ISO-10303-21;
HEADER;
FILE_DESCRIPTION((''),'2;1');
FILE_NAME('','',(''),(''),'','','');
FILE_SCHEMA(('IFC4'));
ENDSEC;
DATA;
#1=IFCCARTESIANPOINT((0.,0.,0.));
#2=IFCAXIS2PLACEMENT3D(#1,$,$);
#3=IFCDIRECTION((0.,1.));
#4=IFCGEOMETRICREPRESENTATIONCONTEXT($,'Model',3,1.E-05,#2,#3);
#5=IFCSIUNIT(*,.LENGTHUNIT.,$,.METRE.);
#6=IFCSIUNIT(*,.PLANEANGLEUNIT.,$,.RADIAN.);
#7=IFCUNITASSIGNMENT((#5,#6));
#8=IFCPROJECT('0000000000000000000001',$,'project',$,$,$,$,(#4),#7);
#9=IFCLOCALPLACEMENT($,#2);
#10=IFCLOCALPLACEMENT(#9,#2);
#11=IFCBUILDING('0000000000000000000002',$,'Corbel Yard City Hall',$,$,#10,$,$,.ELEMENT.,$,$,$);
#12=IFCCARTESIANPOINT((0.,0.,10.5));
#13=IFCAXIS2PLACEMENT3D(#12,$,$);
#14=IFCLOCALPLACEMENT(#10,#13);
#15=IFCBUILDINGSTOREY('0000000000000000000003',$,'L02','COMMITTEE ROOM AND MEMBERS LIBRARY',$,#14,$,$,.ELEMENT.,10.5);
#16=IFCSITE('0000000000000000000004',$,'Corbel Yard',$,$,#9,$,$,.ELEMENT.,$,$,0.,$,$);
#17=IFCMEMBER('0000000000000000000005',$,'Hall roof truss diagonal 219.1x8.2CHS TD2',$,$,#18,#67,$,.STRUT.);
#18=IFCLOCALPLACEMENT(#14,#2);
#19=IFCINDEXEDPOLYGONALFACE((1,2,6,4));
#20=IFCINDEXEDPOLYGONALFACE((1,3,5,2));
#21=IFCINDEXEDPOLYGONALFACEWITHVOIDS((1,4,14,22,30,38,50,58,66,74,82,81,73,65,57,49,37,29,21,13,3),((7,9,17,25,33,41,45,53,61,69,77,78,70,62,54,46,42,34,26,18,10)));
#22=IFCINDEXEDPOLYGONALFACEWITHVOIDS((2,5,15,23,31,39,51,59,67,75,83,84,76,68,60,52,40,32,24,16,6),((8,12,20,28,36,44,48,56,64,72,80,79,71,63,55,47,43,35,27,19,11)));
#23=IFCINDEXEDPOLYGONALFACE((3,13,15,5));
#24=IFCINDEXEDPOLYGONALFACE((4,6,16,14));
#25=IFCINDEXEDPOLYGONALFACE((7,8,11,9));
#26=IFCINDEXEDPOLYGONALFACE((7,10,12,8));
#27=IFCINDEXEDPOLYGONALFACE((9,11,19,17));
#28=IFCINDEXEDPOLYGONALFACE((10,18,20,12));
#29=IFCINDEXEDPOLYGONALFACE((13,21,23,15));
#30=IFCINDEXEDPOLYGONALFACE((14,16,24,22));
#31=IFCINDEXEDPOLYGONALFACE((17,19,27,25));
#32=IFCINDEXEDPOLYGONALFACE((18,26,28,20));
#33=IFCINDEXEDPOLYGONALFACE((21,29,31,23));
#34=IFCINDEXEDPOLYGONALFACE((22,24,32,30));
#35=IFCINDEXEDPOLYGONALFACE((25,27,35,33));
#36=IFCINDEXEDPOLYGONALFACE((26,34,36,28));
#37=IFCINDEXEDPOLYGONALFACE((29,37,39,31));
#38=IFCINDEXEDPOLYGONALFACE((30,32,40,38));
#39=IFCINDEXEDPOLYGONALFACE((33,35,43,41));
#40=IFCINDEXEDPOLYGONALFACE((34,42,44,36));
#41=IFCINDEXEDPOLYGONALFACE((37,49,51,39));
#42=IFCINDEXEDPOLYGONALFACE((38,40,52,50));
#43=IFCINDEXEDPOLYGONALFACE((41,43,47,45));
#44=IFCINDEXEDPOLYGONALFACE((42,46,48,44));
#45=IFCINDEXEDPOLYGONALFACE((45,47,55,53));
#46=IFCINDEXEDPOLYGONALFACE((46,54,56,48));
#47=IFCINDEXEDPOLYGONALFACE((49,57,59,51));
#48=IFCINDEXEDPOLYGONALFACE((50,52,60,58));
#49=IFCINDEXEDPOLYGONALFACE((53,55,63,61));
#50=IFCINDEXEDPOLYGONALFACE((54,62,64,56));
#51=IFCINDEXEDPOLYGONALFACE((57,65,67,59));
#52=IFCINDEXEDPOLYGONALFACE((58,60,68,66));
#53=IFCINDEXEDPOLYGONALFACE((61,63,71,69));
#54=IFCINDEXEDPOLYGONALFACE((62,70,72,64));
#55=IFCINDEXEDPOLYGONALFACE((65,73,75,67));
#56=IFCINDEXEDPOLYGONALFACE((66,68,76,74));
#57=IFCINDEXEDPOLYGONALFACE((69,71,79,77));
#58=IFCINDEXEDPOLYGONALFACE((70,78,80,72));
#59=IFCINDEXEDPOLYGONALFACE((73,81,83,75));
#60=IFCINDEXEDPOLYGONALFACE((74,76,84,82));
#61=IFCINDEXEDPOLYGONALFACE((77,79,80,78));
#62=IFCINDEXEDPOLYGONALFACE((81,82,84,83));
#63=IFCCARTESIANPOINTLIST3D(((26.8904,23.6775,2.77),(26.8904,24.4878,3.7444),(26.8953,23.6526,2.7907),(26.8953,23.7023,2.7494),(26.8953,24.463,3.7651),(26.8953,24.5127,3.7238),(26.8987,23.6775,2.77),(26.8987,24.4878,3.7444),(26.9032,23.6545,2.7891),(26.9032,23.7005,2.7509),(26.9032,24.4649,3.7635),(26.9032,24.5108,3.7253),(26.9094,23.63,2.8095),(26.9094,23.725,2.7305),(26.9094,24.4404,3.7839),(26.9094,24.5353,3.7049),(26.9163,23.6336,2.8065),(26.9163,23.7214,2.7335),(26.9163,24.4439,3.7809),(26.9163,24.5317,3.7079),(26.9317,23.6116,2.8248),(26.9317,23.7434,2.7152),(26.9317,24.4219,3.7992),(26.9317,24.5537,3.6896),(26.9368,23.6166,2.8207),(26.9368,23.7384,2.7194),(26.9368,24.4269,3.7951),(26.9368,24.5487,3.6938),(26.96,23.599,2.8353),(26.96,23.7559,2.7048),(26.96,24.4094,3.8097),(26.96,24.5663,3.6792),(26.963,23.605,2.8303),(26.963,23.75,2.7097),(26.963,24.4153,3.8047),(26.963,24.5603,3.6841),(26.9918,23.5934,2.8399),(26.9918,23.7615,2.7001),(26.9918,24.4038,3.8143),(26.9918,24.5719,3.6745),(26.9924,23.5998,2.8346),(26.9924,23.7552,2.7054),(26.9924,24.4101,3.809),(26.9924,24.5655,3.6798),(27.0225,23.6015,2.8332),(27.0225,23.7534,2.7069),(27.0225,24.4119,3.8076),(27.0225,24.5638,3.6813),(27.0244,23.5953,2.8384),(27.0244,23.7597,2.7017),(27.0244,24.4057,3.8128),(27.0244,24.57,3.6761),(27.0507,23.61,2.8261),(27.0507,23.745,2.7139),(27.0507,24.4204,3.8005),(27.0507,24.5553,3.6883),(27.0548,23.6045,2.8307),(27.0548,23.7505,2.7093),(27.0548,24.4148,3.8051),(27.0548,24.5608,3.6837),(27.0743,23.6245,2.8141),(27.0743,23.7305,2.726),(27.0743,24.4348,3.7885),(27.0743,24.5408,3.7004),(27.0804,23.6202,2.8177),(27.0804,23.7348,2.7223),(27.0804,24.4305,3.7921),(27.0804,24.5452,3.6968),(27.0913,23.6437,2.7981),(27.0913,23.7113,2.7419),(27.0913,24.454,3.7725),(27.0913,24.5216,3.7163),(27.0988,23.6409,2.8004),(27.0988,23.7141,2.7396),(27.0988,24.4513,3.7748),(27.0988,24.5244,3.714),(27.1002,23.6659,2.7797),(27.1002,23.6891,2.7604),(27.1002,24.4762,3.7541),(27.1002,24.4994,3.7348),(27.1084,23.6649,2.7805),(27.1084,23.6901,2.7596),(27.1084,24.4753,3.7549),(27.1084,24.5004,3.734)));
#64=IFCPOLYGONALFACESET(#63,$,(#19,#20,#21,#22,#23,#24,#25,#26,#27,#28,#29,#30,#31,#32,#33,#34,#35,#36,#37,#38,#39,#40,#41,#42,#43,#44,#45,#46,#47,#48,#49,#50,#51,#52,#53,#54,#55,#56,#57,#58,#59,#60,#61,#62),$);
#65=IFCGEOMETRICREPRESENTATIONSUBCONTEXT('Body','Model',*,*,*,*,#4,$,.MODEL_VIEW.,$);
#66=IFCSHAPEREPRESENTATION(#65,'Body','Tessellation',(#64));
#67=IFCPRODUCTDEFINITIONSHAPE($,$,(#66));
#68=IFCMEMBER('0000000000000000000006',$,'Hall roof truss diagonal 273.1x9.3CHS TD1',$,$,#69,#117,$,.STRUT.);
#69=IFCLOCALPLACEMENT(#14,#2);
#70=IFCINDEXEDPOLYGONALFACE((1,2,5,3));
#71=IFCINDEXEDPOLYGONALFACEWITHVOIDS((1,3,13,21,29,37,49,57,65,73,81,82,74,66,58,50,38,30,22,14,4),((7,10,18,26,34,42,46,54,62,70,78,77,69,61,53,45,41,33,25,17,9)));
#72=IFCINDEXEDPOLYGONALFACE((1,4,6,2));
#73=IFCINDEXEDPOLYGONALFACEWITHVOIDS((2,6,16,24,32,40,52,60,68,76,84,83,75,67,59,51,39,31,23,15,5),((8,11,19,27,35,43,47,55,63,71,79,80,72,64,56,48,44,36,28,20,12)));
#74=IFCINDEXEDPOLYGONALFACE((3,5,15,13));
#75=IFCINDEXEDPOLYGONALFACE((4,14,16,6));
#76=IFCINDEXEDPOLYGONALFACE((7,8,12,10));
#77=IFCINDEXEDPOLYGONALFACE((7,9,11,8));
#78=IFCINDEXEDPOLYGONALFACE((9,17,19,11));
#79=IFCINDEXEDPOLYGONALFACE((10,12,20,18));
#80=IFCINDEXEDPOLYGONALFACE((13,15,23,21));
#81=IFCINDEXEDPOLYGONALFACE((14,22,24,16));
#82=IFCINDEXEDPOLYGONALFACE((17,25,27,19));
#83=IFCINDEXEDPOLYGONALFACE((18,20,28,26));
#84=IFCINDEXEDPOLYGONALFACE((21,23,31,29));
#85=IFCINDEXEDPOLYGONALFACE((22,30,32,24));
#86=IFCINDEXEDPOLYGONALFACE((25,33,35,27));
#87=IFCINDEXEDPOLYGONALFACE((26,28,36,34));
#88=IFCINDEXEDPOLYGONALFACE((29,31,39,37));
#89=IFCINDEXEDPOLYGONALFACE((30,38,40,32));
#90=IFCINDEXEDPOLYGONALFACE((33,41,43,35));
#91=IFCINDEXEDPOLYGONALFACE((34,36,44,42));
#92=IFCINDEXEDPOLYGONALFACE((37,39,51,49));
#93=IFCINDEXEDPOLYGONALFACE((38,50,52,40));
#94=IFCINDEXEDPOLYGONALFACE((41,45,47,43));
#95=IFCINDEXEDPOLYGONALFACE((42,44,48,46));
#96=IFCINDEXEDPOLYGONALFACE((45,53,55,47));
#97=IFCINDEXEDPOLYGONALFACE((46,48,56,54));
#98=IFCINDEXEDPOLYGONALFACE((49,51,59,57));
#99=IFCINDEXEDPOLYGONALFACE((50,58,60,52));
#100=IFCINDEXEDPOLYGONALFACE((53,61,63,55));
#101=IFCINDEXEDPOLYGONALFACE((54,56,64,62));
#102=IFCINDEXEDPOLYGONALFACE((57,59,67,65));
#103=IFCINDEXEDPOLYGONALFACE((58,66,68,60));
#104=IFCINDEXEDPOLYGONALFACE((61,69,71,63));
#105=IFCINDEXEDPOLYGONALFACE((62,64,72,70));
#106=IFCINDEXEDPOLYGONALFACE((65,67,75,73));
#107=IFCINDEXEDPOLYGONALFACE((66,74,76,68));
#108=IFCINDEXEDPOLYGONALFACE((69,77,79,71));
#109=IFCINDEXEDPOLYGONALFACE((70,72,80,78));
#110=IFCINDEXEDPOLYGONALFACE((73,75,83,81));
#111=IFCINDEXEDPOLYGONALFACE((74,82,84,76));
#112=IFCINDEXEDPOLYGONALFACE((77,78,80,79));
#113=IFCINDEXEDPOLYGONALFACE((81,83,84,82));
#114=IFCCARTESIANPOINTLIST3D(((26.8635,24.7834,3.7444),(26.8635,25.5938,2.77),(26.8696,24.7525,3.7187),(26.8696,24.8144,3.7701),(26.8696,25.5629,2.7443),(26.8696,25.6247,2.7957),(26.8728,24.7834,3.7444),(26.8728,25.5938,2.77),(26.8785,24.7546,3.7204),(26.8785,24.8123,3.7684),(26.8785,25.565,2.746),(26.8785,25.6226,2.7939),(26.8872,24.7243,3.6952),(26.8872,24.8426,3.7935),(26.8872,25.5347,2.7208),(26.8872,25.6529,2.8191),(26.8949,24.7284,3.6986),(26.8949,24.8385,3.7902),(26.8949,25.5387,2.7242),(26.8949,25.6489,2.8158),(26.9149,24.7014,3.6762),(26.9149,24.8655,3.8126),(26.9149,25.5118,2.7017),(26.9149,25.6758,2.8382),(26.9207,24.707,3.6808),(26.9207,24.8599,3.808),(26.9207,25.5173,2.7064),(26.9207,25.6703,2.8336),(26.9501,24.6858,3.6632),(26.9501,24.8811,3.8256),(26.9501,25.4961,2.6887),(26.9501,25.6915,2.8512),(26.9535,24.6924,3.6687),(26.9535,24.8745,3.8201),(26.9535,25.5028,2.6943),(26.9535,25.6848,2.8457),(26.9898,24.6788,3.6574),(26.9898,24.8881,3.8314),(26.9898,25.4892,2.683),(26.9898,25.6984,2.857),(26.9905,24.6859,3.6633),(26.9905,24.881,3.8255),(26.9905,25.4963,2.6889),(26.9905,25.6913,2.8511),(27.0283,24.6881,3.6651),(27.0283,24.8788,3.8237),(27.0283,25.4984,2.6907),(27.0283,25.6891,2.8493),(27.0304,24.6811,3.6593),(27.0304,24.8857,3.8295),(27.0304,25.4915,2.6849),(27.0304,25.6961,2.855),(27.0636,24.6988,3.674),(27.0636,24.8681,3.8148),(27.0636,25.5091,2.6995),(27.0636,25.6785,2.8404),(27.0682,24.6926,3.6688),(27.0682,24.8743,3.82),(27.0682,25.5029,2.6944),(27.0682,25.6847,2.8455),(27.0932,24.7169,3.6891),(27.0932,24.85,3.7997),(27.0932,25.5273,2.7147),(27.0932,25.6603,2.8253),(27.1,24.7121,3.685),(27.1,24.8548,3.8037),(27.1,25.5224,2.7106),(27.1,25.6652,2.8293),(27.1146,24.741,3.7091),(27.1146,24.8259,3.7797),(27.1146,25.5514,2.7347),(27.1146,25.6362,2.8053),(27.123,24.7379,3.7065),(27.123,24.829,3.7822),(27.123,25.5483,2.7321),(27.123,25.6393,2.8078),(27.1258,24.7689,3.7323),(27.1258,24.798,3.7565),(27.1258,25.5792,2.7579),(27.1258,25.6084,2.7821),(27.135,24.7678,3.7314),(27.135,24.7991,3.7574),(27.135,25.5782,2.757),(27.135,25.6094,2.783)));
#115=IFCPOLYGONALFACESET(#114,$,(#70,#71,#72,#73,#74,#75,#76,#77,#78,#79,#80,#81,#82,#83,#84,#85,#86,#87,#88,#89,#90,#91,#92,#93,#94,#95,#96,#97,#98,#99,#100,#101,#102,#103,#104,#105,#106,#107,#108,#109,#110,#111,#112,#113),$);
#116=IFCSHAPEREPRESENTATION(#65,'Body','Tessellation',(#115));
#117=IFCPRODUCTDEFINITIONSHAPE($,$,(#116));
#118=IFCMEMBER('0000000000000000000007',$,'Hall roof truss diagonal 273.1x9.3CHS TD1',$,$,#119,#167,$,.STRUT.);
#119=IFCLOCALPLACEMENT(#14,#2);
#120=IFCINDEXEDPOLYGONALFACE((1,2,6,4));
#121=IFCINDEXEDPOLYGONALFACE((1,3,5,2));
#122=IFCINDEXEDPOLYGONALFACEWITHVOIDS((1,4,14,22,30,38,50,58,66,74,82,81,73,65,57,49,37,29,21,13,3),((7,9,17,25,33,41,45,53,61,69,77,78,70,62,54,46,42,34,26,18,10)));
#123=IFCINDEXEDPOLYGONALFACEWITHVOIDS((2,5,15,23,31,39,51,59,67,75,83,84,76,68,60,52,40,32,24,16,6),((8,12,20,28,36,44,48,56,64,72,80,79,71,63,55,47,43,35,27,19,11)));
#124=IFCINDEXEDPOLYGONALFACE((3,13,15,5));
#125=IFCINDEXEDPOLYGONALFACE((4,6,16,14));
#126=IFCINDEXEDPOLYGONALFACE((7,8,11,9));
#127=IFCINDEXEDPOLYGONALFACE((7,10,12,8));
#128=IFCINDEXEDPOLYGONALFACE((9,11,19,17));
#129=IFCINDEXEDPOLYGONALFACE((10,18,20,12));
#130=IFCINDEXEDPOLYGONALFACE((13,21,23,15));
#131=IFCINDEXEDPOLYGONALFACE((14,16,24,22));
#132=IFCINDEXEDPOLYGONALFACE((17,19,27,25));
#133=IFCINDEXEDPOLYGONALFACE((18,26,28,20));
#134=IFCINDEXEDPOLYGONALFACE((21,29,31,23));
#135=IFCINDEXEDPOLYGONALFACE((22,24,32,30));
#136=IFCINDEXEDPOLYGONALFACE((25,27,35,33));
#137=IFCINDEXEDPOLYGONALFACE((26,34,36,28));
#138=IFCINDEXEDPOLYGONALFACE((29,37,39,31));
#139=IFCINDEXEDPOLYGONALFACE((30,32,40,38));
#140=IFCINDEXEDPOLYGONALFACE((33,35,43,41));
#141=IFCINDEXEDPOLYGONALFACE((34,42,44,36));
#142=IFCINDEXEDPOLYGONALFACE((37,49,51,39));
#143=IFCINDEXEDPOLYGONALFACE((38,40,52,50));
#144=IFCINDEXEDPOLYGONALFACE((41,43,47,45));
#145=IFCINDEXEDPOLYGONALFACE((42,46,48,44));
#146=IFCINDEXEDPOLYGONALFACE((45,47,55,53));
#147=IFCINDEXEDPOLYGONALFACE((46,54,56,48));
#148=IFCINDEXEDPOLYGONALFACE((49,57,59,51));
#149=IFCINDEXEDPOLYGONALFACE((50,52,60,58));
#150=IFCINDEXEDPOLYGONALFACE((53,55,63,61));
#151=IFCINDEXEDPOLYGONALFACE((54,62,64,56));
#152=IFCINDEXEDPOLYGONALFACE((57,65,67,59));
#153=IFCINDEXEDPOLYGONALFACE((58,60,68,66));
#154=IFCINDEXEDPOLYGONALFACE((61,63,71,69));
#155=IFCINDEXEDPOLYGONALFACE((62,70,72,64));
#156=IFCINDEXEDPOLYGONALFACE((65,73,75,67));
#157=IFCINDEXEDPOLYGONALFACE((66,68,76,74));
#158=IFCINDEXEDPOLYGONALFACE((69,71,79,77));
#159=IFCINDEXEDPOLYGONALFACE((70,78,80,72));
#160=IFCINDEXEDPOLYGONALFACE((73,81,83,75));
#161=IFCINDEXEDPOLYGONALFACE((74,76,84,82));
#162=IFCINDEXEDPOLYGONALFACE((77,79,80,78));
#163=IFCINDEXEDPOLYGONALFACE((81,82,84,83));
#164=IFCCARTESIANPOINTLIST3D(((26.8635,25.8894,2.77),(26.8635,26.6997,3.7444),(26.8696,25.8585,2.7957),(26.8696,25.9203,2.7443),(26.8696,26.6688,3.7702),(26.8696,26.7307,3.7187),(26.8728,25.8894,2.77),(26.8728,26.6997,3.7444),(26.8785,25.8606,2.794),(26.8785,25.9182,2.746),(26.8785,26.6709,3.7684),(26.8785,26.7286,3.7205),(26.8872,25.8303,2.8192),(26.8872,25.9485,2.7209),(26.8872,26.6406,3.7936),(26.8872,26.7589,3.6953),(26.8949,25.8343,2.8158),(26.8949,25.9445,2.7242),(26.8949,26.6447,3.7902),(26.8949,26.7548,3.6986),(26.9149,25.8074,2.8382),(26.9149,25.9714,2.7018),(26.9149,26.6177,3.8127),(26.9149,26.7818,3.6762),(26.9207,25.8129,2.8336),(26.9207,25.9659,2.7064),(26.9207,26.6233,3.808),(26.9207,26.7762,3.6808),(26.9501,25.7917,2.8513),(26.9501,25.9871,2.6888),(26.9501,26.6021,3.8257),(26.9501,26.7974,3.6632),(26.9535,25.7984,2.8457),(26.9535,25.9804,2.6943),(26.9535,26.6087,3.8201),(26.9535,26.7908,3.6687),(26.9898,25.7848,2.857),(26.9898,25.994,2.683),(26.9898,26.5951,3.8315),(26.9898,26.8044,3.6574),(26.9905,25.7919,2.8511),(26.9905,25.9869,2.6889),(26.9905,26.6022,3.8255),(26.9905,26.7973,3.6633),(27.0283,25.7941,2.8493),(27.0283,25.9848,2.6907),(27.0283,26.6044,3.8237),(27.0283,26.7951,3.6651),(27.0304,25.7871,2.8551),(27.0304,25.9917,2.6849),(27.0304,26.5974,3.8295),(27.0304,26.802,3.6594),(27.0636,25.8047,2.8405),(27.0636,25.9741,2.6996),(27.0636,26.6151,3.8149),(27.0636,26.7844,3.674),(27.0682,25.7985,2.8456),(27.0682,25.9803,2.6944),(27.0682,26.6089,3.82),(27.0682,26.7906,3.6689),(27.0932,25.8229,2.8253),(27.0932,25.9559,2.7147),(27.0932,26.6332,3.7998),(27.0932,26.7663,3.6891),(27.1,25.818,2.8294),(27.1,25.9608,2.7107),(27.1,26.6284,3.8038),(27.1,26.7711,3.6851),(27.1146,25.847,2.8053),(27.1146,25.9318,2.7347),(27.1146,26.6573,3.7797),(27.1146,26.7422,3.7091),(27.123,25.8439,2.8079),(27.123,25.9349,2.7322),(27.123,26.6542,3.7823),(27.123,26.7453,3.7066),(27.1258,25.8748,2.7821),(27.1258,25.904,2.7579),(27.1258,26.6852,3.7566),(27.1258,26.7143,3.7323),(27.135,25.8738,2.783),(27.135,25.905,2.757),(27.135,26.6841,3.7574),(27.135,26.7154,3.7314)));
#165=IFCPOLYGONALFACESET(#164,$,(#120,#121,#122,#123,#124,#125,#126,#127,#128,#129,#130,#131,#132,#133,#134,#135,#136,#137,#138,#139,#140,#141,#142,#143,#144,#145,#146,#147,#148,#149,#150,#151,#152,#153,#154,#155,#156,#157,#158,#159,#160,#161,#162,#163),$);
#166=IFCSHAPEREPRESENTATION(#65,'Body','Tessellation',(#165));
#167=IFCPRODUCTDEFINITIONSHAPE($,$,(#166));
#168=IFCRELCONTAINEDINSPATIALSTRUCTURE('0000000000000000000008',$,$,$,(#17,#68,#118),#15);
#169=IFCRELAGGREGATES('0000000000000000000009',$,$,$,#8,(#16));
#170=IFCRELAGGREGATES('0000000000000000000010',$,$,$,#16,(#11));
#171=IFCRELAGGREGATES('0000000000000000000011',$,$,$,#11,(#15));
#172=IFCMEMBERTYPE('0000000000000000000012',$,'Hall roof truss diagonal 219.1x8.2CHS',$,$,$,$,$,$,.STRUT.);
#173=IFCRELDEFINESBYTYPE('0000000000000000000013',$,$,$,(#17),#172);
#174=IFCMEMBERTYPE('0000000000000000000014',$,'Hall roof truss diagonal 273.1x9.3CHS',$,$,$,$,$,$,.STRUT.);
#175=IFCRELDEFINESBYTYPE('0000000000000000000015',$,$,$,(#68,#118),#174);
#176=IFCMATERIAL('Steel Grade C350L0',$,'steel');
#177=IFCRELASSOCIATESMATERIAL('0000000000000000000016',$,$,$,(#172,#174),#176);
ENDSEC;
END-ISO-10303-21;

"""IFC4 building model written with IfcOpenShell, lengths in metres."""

from ifc_helpers import new_model, si_unit, direction, frame, origin, origin_2d, place, context, subcontext, project, spatial, hollow_circle, extrude, material, material_profile, profile_set, type_object, element, save


model = new_model("IFC4")

# Units and contexts
model_context = context("Model", 3, precision=1e-05, world=origin(), true_north=direction((0.0, 1.0)))
body_context = subcontext(model_context, "Body", "Model", "MODEL_VIEW")
ifc_project = project(units=[si_unit("LENGTHUNIT", "METRE"), si_unit("PLANEANGLEUNIT", "RADIAN")], contexts=[model_context])

# Site, building, storey
site_placement = place(None, origin())
site = spatial("IfcSite", under=ifc_project, at=site_placement, Name="Corbel Yard", CompositionType="ELEMENT", RefElevation=0.0)
building_placement = place(site_placement, origin())
building = spatial("IfcBuilding", under=site, at=building_placement, Name="Corbel Yard City Hall", CompositionType="ELEMENT")
storey_placement = place(building_placement, frame((0.0, 0.0, 10.5)))
storey = spatial("IfcBuildingStorey", under=building, at=storey_placement, Name="L02", Description="COMMITTEE ROOM AND MEMBERS LIBRARY", CompositionType="ELEMENT", Elevation=10.5)

# Members
ifc_material_1 = material(Name="Steel Grade C350L0", Category="steel")
ifc_material_profile_1 = material_profile(ifc_material_1, hollow_circle(Radius=0.1096, WallThickness=0.0083, at=origin_2d()), Name="219.1x8.2CHS")
ifc_profile_set_1 = profile_set([ifc_material_profile_1], Name="Steel Grade C350L0")
member_type_1 = type_object("IfcMemberType", Name="Hall roof truss diagonal 219.1x8.2CHS", PredefinedType="STRUT", material=ifc_profile_set_1)
for number, where, z_axis, x_axis, name in (
    (1, (27.0, 23.6775, 2.77), (0.0, 0.639407, 0.768868), (-1.0, 0.0, 0.0), "Hall roof truss diagonal 219.1x8.2CHS TD2"),
):
    element("IfcMember", number, at=place(storey_placement, frame(where, z_axis=z_axis, x_axis=x_axis)), inside=storey, type_object=member_type_1, Name=name, PredefinedType="STRUT", context=body_context, shape_type="SweptSolid", body=[
        extrude(hollow_circle(Radius=0.1096, WallThickness=0.0083, at=origin_2d()), origin(), (0.0, 0.0, 1.0), 1.2673),
    ])
ifc_material_profile_2 = material_profile(ifc_material_1, hollow_circle(Radius=0.1365, WallThickness=0.0093, at=origin_2d()), Name="273.1x9.3CHS")
ifc_profile_set_2 = profile_set([ifc_material_profile_2], Name="Steel Grade C350L0")
member_type_2 = type_object("IfcMemberType", Name="Hall roof truss diagonal 273.1x9.3CHS", PredefinedType="STRUT", material=ifc_profile_set_2)
for number, where, z_axis, x_axis, name in (
    (2, (27.0, 24.7834, 3.7444), (0.0, 0.639407, -0.768868), (-1.0, 0.0, 0.0), "Hall roof truss diagonal 273.1x9.3CHS TD1"),
    (3, (27.0, 25.8894, 2.77), (0.0, 0.639407, 0.768868), (-1.0, 0.0, 0.0), "Hall roof truss diagonal 273.1x9.3CHS TD1"),
):
    element("IfcMember", number, at=place(storey_placement, frame(where, z_axis=z_axis, x_axis=x_axis)), inside=storey, type_object=member_type_2, Name=name, PredefinedType="STRUT", context=body_context, shape_type="SweptSolid", body=[
        extrude(hollow_circle(Radius=0.1365, WallThickness=0.0093, at=origin_2d()), origin(), (0.0, 0.0, 1.0), 1.2673),
    ])

save(model, "model.ifc")
